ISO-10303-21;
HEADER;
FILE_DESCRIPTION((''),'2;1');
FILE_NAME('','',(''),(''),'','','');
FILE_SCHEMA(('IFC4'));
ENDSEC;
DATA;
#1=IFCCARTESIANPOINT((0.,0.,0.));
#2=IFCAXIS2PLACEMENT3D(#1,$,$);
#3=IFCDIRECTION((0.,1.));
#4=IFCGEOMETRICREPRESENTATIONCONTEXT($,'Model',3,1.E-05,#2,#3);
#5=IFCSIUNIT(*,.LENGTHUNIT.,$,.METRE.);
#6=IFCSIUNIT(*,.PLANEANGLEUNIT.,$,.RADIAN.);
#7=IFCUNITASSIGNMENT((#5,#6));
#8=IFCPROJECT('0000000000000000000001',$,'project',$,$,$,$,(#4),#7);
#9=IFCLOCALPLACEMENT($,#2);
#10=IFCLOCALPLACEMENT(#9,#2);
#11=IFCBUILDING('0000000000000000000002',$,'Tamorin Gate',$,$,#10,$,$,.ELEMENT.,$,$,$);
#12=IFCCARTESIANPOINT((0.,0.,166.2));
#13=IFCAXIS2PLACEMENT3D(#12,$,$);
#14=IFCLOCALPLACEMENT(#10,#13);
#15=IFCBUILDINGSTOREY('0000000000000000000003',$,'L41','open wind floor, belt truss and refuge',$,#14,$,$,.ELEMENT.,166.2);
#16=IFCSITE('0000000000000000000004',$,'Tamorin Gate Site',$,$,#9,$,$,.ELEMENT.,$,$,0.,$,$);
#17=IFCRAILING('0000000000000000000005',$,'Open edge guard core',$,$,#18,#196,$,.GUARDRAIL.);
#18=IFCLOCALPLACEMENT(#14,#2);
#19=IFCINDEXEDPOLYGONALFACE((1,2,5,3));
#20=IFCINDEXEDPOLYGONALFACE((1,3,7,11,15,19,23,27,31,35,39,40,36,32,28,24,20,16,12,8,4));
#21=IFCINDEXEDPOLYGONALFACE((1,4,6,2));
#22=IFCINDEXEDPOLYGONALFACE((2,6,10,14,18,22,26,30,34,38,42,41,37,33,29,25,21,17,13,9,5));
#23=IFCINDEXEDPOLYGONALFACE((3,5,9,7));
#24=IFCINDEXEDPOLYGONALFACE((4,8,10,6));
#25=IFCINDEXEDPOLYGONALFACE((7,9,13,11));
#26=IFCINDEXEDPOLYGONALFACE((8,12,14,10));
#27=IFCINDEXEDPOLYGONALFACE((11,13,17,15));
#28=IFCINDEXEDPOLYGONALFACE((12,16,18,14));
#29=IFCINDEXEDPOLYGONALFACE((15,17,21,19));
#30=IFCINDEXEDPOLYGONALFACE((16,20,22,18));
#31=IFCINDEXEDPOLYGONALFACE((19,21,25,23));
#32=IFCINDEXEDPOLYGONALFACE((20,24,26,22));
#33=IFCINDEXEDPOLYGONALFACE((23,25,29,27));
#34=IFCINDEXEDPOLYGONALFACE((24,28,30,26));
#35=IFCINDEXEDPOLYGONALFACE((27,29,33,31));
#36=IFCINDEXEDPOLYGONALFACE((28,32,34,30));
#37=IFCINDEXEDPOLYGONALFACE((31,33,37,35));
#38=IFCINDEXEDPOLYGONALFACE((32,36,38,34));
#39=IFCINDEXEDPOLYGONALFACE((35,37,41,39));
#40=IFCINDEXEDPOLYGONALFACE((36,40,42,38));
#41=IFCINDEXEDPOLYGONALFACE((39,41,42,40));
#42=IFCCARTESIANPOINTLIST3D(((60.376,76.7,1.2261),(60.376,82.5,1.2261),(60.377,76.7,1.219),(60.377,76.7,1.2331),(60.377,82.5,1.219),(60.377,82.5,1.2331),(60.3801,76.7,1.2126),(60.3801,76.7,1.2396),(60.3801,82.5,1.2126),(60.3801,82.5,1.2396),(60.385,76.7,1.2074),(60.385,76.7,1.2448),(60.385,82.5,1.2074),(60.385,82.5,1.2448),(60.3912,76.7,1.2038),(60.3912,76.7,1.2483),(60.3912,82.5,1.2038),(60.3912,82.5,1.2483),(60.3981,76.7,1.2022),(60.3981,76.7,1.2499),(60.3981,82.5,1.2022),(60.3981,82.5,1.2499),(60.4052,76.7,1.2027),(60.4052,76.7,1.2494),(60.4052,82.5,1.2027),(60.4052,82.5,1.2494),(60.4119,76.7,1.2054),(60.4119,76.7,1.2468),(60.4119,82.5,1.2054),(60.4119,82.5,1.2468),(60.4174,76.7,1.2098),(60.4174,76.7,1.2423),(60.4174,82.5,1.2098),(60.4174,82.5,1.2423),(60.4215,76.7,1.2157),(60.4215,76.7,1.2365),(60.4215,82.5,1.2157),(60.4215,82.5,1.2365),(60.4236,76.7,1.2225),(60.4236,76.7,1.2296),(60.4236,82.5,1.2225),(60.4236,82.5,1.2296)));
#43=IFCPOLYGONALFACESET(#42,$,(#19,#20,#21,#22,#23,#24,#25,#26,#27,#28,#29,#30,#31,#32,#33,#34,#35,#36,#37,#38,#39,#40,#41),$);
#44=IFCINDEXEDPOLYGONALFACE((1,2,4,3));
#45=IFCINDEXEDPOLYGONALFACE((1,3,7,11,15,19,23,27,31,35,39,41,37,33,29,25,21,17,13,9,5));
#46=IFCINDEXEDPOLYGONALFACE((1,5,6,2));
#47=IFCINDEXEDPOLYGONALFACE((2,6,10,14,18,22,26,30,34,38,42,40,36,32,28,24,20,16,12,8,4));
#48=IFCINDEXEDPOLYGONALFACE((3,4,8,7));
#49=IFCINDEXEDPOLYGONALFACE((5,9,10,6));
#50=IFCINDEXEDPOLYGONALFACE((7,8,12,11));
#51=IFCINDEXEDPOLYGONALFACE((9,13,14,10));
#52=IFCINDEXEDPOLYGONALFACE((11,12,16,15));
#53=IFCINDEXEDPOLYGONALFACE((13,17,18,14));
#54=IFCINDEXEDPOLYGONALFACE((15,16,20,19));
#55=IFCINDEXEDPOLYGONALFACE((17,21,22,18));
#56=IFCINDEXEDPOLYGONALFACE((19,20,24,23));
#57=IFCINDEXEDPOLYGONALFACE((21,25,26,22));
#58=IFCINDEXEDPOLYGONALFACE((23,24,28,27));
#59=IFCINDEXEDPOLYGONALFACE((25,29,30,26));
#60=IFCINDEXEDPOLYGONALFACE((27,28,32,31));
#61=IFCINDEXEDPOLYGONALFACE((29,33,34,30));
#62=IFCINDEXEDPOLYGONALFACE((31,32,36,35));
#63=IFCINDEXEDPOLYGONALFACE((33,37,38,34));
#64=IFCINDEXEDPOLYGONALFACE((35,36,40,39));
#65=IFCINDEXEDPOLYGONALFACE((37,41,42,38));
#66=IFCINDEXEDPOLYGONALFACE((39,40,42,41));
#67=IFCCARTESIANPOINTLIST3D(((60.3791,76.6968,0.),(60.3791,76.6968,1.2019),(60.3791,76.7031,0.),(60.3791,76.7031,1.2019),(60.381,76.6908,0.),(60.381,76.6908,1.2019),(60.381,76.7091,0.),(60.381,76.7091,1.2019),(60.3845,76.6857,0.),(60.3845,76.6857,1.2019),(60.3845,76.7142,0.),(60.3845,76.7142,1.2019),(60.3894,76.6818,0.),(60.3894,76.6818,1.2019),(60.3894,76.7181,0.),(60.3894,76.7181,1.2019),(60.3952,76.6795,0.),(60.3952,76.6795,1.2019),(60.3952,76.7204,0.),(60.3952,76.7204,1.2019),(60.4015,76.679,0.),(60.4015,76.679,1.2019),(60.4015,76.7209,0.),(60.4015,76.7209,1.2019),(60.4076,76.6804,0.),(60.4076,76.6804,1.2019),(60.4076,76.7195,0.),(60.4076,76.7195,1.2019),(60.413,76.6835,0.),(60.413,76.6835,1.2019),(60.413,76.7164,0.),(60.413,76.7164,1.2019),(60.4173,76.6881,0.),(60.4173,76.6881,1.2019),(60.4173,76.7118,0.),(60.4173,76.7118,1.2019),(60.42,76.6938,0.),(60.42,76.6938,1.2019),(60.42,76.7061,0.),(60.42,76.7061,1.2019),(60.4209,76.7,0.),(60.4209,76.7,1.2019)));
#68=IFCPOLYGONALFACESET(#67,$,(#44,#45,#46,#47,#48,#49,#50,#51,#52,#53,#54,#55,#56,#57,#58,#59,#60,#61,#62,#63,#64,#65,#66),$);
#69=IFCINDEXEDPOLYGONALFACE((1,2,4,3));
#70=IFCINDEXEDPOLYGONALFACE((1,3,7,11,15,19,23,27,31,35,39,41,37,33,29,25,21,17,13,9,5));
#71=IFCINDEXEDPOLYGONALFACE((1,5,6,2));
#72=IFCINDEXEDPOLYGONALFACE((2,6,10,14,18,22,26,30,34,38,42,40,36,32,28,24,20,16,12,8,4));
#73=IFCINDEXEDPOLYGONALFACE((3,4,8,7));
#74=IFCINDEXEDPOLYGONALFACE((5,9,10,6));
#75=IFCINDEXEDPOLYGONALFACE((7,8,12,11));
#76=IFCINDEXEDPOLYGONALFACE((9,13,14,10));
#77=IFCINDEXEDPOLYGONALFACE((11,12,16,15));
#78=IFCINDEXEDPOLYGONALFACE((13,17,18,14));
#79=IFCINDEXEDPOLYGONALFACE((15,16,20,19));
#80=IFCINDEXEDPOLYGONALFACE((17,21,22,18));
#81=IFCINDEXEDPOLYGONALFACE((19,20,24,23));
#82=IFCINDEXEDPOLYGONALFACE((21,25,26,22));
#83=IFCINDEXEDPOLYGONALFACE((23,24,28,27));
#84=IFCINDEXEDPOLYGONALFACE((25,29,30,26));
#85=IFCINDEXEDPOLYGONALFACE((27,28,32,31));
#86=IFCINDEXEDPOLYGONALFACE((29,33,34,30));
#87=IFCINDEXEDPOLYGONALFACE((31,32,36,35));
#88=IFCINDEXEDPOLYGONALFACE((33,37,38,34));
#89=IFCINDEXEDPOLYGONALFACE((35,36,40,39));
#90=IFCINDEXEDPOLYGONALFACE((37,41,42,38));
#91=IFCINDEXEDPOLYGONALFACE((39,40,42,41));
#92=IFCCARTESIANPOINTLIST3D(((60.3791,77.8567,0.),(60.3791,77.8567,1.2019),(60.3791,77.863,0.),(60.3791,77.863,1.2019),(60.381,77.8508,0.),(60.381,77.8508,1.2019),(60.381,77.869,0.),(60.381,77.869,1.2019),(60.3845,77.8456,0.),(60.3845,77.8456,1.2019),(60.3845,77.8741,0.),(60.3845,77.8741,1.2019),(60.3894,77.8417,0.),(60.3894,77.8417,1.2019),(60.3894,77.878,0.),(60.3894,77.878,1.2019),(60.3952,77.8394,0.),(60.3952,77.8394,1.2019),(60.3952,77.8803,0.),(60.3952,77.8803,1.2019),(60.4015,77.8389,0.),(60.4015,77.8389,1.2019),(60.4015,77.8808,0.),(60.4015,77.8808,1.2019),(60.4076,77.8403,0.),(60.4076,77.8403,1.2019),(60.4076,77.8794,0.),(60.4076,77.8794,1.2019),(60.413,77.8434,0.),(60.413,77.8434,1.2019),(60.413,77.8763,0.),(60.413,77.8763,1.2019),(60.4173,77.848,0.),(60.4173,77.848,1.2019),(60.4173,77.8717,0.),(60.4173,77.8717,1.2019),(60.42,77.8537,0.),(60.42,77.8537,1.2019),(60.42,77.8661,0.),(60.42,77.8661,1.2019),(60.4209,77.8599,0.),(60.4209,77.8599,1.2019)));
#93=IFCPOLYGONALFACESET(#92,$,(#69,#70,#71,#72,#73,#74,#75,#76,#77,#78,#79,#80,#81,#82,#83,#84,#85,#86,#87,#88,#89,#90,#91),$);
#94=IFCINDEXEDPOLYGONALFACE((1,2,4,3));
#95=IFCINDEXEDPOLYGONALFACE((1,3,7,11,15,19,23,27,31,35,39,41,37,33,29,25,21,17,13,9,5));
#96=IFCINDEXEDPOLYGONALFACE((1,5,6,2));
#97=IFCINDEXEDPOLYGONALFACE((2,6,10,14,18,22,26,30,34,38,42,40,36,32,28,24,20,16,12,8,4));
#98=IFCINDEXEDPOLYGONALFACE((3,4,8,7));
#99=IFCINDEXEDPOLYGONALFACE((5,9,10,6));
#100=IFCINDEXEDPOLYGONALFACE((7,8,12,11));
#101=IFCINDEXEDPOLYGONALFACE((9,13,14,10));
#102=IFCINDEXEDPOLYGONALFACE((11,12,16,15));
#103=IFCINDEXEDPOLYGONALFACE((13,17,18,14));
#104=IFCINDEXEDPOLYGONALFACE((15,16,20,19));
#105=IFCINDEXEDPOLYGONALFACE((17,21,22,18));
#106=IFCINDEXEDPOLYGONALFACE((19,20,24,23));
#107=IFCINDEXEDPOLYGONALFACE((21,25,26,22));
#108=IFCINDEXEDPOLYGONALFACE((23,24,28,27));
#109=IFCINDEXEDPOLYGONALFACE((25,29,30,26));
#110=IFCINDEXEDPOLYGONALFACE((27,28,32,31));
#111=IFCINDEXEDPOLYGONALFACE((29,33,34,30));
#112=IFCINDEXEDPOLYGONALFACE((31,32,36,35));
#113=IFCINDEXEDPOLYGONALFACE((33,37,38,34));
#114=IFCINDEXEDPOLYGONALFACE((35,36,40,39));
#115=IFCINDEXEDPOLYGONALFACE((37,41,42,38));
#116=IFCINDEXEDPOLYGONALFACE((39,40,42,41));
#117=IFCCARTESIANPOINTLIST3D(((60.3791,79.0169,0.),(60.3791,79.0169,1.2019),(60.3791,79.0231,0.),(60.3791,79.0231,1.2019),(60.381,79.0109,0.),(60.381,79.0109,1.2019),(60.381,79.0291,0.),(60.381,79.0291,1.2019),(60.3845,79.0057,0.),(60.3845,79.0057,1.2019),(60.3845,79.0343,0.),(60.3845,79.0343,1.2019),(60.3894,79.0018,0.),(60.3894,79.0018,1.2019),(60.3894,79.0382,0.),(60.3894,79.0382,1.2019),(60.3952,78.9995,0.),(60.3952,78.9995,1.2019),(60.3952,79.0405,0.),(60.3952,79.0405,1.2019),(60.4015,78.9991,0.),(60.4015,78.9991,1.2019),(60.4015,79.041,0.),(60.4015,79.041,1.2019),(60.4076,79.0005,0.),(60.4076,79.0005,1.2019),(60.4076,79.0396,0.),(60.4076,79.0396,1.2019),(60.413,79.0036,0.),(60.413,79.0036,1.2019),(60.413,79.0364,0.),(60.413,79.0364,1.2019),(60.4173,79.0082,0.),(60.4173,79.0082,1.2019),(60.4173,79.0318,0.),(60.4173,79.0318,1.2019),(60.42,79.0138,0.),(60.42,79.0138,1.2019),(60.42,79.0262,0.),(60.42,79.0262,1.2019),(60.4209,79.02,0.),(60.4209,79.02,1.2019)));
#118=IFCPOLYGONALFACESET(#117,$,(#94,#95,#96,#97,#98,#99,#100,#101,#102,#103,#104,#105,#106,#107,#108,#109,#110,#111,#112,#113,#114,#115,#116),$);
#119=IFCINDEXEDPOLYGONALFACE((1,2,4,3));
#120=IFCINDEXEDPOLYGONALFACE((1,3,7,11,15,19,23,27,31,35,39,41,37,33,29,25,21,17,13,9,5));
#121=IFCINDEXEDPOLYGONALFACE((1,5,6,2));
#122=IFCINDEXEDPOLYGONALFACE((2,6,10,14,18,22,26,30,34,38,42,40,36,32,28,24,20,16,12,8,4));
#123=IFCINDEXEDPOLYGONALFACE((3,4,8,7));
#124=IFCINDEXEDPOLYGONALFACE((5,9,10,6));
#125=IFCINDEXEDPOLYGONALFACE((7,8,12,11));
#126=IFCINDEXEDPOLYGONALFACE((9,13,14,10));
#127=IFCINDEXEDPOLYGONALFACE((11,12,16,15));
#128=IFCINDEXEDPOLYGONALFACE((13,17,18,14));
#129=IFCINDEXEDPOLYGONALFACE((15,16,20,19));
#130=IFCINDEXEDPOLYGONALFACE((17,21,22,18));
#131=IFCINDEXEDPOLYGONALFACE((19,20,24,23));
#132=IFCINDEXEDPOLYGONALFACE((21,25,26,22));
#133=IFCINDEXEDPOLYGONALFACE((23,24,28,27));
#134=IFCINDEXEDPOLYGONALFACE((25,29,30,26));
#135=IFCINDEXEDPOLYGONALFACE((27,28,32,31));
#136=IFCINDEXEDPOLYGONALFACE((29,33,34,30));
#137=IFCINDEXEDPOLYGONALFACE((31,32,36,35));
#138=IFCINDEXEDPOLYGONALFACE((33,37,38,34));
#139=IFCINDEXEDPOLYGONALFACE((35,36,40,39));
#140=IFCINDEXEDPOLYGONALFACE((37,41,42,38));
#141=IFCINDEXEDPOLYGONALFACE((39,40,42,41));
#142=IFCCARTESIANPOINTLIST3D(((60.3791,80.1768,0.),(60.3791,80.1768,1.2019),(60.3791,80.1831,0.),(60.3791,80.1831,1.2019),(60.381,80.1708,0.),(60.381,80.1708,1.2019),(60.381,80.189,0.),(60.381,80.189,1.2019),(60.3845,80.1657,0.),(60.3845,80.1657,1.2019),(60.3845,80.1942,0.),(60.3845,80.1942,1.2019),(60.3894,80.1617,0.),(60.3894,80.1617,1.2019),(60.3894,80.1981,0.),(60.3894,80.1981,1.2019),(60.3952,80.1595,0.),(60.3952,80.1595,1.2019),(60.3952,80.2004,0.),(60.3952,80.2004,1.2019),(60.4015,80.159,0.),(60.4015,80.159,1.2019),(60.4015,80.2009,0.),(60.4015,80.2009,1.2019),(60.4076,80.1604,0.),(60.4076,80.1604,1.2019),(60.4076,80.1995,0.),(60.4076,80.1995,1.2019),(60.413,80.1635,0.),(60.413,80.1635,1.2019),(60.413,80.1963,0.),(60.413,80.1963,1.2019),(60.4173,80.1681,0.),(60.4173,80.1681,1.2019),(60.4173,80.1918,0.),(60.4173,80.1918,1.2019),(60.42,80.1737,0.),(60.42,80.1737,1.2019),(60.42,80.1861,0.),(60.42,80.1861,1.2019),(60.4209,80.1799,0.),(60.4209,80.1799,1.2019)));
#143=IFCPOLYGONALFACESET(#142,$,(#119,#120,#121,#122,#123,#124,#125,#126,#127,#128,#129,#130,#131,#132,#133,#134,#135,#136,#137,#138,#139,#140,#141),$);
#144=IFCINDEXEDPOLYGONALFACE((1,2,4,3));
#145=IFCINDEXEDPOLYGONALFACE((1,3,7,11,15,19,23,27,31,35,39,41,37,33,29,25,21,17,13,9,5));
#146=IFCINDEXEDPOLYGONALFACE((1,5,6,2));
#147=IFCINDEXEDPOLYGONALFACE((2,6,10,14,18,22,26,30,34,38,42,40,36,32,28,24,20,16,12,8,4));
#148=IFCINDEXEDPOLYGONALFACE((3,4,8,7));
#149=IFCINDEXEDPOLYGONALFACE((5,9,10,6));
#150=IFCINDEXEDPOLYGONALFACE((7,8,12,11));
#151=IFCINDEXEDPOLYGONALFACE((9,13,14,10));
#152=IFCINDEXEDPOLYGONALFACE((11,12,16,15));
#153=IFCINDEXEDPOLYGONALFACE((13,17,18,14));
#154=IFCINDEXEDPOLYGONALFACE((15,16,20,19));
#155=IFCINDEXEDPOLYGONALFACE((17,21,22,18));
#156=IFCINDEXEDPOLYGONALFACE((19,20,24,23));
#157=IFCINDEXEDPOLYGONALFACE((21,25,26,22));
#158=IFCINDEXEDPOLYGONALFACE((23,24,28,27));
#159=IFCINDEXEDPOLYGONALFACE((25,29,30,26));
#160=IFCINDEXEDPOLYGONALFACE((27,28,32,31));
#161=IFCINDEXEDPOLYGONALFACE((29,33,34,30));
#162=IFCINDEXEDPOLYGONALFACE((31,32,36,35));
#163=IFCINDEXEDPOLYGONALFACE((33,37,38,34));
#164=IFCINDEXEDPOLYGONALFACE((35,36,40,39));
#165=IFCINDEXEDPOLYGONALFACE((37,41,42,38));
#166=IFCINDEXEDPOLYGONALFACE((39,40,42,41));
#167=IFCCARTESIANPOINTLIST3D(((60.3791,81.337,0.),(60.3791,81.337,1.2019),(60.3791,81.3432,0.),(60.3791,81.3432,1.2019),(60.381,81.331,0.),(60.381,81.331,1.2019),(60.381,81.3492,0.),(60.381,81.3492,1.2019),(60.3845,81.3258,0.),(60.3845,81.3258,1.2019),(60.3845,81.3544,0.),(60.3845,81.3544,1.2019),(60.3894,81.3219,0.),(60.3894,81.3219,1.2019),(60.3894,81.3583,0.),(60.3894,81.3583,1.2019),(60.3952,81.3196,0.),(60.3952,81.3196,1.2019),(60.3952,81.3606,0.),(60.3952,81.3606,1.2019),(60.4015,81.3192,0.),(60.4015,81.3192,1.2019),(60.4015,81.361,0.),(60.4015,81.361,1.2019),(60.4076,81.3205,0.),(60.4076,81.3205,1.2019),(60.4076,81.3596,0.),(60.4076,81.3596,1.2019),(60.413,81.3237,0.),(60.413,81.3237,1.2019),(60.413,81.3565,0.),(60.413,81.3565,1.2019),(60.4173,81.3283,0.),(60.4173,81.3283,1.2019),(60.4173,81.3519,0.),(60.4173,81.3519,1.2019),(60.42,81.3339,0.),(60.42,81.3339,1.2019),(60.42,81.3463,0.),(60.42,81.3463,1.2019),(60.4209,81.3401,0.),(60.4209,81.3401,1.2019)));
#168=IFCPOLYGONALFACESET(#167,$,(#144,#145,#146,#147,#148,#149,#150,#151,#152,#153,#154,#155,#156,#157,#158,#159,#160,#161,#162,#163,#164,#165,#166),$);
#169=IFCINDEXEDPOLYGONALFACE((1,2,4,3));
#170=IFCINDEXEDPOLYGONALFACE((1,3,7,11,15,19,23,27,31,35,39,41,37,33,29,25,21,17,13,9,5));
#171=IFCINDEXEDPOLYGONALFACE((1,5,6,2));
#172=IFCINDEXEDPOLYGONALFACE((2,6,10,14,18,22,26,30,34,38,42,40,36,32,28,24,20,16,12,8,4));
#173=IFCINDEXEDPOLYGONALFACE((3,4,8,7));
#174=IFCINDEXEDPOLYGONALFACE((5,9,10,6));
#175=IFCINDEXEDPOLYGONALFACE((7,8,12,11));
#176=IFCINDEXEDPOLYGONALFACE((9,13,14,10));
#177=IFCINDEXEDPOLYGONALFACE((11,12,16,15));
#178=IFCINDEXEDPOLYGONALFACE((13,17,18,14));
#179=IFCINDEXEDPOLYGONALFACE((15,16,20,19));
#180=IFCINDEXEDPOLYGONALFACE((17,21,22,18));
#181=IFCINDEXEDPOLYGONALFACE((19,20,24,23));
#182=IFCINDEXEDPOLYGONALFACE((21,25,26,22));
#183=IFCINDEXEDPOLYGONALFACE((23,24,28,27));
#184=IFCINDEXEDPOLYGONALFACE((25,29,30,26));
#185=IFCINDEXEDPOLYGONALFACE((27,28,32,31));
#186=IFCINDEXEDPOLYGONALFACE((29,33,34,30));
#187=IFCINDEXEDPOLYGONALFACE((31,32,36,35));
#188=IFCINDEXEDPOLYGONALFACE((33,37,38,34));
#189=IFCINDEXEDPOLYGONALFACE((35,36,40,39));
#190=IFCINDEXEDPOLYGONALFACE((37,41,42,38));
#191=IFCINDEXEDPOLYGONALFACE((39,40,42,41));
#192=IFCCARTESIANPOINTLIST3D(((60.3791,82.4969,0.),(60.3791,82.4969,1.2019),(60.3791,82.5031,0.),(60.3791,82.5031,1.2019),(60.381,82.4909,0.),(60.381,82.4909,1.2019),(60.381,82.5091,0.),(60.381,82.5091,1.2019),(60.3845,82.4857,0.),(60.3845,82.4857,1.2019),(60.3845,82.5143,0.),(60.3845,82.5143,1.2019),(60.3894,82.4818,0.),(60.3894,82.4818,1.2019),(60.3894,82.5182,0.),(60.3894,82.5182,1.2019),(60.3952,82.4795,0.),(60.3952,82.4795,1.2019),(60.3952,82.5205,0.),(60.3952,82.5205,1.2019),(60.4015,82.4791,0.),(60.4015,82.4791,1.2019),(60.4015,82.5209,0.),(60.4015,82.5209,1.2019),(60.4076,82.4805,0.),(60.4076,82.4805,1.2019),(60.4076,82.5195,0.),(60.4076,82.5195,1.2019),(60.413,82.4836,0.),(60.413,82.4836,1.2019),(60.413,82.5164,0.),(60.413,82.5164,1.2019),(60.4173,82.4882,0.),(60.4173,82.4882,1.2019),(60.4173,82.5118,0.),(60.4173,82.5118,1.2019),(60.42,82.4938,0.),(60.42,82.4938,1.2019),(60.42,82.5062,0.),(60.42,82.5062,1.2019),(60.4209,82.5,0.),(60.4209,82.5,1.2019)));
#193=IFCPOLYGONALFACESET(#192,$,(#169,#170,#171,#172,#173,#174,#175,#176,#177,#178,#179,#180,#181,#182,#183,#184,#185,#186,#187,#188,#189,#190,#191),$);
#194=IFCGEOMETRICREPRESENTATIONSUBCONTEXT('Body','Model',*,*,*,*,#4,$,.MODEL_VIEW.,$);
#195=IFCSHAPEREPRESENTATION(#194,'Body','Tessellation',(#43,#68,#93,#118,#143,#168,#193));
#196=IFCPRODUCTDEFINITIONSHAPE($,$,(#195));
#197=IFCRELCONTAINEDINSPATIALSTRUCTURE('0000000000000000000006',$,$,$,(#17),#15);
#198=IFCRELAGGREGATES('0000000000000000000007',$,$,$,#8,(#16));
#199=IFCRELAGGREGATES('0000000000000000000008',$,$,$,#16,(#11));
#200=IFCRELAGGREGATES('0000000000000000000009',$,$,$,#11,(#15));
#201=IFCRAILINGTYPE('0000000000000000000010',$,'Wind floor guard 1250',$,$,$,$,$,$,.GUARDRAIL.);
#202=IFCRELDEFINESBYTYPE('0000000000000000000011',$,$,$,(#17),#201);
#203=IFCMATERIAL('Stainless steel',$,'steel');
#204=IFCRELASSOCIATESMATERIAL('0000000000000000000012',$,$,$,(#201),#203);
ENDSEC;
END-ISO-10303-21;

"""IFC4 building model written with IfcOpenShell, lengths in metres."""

from ifc_helpers import new_model, si_unit, direction, frame, origin, origin_2d, place, context, subcontext, project, spatial, circle, extrude, material, type_object, element, save


model = new_model("IFC4")

# Units and contexts
model_context = context("Model", 3, precision=1e-05, world=origin(), true_north=direction((0.0, 1.0)))
body_context = subcontext(model_context, "Body", "Model", "MODEL_VIEW")
ifc_project = project(units=[si_unit("LENGTHUNIT", "METRE"), si_unit("PLANEANGLEUNIT", "RADIAN")], contexts=[model_context])

# Site, building, storey
site_placement = place(None, origin())
site = spatial("IfcSite", under=ifc_project, at=site_placement, Name="Tamorin Gate Site", CompositionType="ELEMENT", RefElevation=0.0)
building_placement = place(site_placement, origin())
building = spatial("IfcBuilding", under=site, at=building_placement, Name="Tamorin Gate", CompositionType="ELEMENT")
storey_placement = place(building_placement, frame((0.0, 0.0, 166.2)))
storey = spatial("IfcBuildingStorey", under=building, at=storey_placement, Name="L41", Description="open wind floor, belt truss and refuge", CompositionType="ELEMENT", Elevation=166.2)

# Railing
ifc_material_1 = material(Name="Stainless steel", Category="steel")
railing_type = type_object("IfcRailingType", Name="Wind floor guard 1250", PredefinedType="GUARDRAIL", material=ifc_material_1)
railing_placement = place(storey_placement, frame((60.3999, 76.7, 0.0)))
element("IfcRailing", 1, at=railing_placement, inside=storey, type_object=railing_type, Name="Open edge guard core", PredefinedType="GUARDRAIL", context=body_context, shape_type="SweptSolid", body=[
    extrude(circle(Radius=0.0239, at=origin_2d()), frame((0.0, 0.0, 1.2261), z_axis=(0.0, 1.0, 0.0), x_axis=(-1.0, 0.0, 0.0)), (0.0, 0.0, 1.0), 5.8),
    extrude(circle(Radius=0.021, at=origin_2d()), origin(), (0.0, 0.0, 1.0), 1.2019),
    extrude(circle(Radius=0.021, at=origin_2d()), frame((0.0, 1.1599, 0.0)), (0.0, 0.0, 1.0), 1.2019),
    extrude(circle(Radius=0.021, at=origin_2d()), frame((0.0, 2.3201, 0.0)), (0.0, 0.0, 1.0), 1.2019),
    extrude(circle(Radius=0.021, at=origin_2d()), frame((0.0, 3.48, 0.0)), (0.0, 0.0, 1.0), 1.2019),
    extrude(circle(Radius=0.021, at=origin_2d()), frame((0.0, 4.6401, 0.0)), (0.0, 0.0, 1.0), 1.2019),
    extrude(circle(Radius=0.021, at=origin_2d()), frame((0.0, 5.8, 0.0)), (0.0, 0.0, 1.0), 1.2019),
])

save(model, "model.ifc")
